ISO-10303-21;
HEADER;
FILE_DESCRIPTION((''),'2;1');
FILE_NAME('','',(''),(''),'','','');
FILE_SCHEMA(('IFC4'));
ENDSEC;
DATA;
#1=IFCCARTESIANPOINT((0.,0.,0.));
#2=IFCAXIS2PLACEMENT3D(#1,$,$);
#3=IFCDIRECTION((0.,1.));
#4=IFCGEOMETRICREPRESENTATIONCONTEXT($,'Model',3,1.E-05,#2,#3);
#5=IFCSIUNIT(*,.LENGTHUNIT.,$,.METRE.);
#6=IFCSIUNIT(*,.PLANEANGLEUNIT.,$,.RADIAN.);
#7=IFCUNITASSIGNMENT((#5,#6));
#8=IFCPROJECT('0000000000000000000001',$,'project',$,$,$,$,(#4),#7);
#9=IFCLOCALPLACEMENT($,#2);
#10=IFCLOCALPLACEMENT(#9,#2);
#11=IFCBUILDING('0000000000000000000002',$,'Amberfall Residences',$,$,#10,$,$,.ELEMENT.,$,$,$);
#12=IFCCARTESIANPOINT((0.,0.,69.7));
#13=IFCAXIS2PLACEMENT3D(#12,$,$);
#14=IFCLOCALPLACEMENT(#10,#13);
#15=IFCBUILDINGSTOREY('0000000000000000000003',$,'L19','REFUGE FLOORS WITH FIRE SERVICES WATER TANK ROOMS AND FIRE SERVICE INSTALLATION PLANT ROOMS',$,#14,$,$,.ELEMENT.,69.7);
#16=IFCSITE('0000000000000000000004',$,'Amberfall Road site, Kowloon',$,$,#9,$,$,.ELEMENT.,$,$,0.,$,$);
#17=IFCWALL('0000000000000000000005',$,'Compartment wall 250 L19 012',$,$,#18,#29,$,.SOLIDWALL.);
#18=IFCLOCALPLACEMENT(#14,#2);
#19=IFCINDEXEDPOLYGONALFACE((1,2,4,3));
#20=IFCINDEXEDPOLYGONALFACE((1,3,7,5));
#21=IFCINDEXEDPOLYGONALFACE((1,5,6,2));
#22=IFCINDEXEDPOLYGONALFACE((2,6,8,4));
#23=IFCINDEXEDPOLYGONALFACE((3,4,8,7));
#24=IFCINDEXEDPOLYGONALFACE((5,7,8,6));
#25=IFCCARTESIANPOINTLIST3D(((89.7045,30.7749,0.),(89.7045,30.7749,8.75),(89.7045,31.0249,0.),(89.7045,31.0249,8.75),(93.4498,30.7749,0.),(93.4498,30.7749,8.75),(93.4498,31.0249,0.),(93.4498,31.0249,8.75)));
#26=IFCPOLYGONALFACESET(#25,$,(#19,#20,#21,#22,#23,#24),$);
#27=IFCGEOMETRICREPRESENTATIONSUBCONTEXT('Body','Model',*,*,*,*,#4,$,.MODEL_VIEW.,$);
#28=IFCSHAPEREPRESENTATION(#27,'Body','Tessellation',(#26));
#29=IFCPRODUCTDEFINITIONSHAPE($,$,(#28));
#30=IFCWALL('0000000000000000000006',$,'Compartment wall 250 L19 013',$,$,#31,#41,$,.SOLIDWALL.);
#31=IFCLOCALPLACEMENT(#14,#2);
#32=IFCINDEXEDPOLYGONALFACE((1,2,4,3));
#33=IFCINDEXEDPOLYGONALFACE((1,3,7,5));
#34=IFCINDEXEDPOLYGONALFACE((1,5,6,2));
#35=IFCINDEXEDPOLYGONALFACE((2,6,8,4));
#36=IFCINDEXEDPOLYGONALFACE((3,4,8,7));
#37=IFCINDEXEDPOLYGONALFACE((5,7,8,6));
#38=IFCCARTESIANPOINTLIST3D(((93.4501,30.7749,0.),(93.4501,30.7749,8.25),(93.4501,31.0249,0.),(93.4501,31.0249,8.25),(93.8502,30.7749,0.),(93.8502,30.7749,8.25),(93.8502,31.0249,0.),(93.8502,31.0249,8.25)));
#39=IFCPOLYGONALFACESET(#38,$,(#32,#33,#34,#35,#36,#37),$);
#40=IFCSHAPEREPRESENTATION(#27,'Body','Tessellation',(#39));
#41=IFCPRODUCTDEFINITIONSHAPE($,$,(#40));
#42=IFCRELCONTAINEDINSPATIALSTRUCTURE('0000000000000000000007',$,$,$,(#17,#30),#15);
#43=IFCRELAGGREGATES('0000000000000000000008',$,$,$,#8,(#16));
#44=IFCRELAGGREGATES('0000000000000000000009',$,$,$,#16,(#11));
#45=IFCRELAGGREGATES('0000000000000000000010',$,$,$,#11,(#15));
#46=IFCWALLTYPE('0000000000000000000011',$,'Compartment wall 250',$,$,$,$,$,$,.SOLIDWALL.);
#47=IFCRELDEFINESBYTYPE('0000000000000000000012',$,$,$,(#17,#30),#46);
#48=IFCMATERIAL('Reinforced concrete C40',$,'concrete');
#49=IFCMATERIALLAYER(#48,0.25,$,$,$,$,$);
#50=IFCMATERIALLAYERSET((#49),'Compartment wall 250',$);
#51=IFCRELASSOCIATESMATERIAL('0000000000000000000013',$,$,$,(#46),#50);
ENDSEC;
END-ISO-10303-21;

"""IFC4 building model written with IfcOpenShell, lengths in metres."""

from ifc_helpers import new_model, si_unit, direction, frame, frame_2d, origin, place, context, subcontext, project, spatial, rectangle, extrude, material, layer, layer_set, type_object, element, save


model = new_model("IFC4")

# Units and contexts
model_context = context("Model", 3, precision=1e-05, world=origin(), true_north=direction((0.0, 1.0)))
body_context = subcontext(model_context, "Body", "Model", "MODEL_VIEW")
ifc_project = project(units=[si_unit("LENGTHUNIT", "METRE"), si_unit("PLANEANGLEUNIT", "RADIAN")], contexts=[model_context])

# Site, building, storey
site_placement = place(None, origin())
site = spatial("IfcSite", under=ifc_project, at=site_placement, Name="Amberfall Road site, Kowloon", CompositionType="ELEMENT", RefElevation=0.0)
building_placement = place(site_placement, origin())
building = spatial("IfcBuilding", under=site, at=building_placement, Name="Amberfall Residences", CompositionType="ELEMENT")
storey_placement = place(building_placement, frame((0.0, 0.0, 69.7)))
storey = spatial("IfcBuildingStorey", under=building, at=storey_placement, Name="L19", Description="REFUGE FLOORS WITH FIRE SERVICES WATER TANK ROOMS AND FIRE SERVICE INSTALLATION PLANT ROOMS", CompositionType="ELEMENT", Elevation=69.7)

# Walls
ifc_material_1 = material(Name="Reinforced concrete C40", Category="concrete")
ifc_layer = layer(ifc_material_1, 0.25)
ifc_layer_set = layer_set([ifc_layer], Name="Compartment wall 250")
wall_type = type_object("IfcWallType", Name="Compartment wall 250", PredefinedType="SOLIDWALL", material=ifc_layer_set)
wall_1_placement = place(storey_placement, frame((89.7046, 30.8999, 0.0), z_axis=(0.0, 0.0, 1.0), x_axis=(1.0, 0.0, 0.0)))
element("IfcWall", 1, at=wall_1_placement, inside=storey, type_object=wall_type, Name="Compartment wall 250 L19 012", PredefinedType="SOLIDWALL", context=body_context, shape_type="SweptSolid", body=[
    extrude(rectangle(XDim=3.7454, YDim=0.25, at=frame_2d((1.8726, 0.0))), origin(), (0.0, 0.0, 1.0), 8.75),
])
wall_2_placement = place(storey_placement, frame((93.45, 30.8999, 0.0), z_axis=(0.0, 0.0, 1.0), x_axis=(1.0, 0.0, 0.0)))
element("IfcWall", 2, at=wall_2_placement, inside=storey, type_object=wall_type, Name="Compartment wall 250 L19 013", PredefinedType="SOLIDWALL", context=body_context, shape_type="SweptSolid", body=[
    extrude(rectangle(XDim=0.4001, YDim=0.25, at=frame_2d((0.2002, 0.0))), origin(), (0.0, 0.0, 1.0), 8.25),
])

save(model, "model.ifc")
